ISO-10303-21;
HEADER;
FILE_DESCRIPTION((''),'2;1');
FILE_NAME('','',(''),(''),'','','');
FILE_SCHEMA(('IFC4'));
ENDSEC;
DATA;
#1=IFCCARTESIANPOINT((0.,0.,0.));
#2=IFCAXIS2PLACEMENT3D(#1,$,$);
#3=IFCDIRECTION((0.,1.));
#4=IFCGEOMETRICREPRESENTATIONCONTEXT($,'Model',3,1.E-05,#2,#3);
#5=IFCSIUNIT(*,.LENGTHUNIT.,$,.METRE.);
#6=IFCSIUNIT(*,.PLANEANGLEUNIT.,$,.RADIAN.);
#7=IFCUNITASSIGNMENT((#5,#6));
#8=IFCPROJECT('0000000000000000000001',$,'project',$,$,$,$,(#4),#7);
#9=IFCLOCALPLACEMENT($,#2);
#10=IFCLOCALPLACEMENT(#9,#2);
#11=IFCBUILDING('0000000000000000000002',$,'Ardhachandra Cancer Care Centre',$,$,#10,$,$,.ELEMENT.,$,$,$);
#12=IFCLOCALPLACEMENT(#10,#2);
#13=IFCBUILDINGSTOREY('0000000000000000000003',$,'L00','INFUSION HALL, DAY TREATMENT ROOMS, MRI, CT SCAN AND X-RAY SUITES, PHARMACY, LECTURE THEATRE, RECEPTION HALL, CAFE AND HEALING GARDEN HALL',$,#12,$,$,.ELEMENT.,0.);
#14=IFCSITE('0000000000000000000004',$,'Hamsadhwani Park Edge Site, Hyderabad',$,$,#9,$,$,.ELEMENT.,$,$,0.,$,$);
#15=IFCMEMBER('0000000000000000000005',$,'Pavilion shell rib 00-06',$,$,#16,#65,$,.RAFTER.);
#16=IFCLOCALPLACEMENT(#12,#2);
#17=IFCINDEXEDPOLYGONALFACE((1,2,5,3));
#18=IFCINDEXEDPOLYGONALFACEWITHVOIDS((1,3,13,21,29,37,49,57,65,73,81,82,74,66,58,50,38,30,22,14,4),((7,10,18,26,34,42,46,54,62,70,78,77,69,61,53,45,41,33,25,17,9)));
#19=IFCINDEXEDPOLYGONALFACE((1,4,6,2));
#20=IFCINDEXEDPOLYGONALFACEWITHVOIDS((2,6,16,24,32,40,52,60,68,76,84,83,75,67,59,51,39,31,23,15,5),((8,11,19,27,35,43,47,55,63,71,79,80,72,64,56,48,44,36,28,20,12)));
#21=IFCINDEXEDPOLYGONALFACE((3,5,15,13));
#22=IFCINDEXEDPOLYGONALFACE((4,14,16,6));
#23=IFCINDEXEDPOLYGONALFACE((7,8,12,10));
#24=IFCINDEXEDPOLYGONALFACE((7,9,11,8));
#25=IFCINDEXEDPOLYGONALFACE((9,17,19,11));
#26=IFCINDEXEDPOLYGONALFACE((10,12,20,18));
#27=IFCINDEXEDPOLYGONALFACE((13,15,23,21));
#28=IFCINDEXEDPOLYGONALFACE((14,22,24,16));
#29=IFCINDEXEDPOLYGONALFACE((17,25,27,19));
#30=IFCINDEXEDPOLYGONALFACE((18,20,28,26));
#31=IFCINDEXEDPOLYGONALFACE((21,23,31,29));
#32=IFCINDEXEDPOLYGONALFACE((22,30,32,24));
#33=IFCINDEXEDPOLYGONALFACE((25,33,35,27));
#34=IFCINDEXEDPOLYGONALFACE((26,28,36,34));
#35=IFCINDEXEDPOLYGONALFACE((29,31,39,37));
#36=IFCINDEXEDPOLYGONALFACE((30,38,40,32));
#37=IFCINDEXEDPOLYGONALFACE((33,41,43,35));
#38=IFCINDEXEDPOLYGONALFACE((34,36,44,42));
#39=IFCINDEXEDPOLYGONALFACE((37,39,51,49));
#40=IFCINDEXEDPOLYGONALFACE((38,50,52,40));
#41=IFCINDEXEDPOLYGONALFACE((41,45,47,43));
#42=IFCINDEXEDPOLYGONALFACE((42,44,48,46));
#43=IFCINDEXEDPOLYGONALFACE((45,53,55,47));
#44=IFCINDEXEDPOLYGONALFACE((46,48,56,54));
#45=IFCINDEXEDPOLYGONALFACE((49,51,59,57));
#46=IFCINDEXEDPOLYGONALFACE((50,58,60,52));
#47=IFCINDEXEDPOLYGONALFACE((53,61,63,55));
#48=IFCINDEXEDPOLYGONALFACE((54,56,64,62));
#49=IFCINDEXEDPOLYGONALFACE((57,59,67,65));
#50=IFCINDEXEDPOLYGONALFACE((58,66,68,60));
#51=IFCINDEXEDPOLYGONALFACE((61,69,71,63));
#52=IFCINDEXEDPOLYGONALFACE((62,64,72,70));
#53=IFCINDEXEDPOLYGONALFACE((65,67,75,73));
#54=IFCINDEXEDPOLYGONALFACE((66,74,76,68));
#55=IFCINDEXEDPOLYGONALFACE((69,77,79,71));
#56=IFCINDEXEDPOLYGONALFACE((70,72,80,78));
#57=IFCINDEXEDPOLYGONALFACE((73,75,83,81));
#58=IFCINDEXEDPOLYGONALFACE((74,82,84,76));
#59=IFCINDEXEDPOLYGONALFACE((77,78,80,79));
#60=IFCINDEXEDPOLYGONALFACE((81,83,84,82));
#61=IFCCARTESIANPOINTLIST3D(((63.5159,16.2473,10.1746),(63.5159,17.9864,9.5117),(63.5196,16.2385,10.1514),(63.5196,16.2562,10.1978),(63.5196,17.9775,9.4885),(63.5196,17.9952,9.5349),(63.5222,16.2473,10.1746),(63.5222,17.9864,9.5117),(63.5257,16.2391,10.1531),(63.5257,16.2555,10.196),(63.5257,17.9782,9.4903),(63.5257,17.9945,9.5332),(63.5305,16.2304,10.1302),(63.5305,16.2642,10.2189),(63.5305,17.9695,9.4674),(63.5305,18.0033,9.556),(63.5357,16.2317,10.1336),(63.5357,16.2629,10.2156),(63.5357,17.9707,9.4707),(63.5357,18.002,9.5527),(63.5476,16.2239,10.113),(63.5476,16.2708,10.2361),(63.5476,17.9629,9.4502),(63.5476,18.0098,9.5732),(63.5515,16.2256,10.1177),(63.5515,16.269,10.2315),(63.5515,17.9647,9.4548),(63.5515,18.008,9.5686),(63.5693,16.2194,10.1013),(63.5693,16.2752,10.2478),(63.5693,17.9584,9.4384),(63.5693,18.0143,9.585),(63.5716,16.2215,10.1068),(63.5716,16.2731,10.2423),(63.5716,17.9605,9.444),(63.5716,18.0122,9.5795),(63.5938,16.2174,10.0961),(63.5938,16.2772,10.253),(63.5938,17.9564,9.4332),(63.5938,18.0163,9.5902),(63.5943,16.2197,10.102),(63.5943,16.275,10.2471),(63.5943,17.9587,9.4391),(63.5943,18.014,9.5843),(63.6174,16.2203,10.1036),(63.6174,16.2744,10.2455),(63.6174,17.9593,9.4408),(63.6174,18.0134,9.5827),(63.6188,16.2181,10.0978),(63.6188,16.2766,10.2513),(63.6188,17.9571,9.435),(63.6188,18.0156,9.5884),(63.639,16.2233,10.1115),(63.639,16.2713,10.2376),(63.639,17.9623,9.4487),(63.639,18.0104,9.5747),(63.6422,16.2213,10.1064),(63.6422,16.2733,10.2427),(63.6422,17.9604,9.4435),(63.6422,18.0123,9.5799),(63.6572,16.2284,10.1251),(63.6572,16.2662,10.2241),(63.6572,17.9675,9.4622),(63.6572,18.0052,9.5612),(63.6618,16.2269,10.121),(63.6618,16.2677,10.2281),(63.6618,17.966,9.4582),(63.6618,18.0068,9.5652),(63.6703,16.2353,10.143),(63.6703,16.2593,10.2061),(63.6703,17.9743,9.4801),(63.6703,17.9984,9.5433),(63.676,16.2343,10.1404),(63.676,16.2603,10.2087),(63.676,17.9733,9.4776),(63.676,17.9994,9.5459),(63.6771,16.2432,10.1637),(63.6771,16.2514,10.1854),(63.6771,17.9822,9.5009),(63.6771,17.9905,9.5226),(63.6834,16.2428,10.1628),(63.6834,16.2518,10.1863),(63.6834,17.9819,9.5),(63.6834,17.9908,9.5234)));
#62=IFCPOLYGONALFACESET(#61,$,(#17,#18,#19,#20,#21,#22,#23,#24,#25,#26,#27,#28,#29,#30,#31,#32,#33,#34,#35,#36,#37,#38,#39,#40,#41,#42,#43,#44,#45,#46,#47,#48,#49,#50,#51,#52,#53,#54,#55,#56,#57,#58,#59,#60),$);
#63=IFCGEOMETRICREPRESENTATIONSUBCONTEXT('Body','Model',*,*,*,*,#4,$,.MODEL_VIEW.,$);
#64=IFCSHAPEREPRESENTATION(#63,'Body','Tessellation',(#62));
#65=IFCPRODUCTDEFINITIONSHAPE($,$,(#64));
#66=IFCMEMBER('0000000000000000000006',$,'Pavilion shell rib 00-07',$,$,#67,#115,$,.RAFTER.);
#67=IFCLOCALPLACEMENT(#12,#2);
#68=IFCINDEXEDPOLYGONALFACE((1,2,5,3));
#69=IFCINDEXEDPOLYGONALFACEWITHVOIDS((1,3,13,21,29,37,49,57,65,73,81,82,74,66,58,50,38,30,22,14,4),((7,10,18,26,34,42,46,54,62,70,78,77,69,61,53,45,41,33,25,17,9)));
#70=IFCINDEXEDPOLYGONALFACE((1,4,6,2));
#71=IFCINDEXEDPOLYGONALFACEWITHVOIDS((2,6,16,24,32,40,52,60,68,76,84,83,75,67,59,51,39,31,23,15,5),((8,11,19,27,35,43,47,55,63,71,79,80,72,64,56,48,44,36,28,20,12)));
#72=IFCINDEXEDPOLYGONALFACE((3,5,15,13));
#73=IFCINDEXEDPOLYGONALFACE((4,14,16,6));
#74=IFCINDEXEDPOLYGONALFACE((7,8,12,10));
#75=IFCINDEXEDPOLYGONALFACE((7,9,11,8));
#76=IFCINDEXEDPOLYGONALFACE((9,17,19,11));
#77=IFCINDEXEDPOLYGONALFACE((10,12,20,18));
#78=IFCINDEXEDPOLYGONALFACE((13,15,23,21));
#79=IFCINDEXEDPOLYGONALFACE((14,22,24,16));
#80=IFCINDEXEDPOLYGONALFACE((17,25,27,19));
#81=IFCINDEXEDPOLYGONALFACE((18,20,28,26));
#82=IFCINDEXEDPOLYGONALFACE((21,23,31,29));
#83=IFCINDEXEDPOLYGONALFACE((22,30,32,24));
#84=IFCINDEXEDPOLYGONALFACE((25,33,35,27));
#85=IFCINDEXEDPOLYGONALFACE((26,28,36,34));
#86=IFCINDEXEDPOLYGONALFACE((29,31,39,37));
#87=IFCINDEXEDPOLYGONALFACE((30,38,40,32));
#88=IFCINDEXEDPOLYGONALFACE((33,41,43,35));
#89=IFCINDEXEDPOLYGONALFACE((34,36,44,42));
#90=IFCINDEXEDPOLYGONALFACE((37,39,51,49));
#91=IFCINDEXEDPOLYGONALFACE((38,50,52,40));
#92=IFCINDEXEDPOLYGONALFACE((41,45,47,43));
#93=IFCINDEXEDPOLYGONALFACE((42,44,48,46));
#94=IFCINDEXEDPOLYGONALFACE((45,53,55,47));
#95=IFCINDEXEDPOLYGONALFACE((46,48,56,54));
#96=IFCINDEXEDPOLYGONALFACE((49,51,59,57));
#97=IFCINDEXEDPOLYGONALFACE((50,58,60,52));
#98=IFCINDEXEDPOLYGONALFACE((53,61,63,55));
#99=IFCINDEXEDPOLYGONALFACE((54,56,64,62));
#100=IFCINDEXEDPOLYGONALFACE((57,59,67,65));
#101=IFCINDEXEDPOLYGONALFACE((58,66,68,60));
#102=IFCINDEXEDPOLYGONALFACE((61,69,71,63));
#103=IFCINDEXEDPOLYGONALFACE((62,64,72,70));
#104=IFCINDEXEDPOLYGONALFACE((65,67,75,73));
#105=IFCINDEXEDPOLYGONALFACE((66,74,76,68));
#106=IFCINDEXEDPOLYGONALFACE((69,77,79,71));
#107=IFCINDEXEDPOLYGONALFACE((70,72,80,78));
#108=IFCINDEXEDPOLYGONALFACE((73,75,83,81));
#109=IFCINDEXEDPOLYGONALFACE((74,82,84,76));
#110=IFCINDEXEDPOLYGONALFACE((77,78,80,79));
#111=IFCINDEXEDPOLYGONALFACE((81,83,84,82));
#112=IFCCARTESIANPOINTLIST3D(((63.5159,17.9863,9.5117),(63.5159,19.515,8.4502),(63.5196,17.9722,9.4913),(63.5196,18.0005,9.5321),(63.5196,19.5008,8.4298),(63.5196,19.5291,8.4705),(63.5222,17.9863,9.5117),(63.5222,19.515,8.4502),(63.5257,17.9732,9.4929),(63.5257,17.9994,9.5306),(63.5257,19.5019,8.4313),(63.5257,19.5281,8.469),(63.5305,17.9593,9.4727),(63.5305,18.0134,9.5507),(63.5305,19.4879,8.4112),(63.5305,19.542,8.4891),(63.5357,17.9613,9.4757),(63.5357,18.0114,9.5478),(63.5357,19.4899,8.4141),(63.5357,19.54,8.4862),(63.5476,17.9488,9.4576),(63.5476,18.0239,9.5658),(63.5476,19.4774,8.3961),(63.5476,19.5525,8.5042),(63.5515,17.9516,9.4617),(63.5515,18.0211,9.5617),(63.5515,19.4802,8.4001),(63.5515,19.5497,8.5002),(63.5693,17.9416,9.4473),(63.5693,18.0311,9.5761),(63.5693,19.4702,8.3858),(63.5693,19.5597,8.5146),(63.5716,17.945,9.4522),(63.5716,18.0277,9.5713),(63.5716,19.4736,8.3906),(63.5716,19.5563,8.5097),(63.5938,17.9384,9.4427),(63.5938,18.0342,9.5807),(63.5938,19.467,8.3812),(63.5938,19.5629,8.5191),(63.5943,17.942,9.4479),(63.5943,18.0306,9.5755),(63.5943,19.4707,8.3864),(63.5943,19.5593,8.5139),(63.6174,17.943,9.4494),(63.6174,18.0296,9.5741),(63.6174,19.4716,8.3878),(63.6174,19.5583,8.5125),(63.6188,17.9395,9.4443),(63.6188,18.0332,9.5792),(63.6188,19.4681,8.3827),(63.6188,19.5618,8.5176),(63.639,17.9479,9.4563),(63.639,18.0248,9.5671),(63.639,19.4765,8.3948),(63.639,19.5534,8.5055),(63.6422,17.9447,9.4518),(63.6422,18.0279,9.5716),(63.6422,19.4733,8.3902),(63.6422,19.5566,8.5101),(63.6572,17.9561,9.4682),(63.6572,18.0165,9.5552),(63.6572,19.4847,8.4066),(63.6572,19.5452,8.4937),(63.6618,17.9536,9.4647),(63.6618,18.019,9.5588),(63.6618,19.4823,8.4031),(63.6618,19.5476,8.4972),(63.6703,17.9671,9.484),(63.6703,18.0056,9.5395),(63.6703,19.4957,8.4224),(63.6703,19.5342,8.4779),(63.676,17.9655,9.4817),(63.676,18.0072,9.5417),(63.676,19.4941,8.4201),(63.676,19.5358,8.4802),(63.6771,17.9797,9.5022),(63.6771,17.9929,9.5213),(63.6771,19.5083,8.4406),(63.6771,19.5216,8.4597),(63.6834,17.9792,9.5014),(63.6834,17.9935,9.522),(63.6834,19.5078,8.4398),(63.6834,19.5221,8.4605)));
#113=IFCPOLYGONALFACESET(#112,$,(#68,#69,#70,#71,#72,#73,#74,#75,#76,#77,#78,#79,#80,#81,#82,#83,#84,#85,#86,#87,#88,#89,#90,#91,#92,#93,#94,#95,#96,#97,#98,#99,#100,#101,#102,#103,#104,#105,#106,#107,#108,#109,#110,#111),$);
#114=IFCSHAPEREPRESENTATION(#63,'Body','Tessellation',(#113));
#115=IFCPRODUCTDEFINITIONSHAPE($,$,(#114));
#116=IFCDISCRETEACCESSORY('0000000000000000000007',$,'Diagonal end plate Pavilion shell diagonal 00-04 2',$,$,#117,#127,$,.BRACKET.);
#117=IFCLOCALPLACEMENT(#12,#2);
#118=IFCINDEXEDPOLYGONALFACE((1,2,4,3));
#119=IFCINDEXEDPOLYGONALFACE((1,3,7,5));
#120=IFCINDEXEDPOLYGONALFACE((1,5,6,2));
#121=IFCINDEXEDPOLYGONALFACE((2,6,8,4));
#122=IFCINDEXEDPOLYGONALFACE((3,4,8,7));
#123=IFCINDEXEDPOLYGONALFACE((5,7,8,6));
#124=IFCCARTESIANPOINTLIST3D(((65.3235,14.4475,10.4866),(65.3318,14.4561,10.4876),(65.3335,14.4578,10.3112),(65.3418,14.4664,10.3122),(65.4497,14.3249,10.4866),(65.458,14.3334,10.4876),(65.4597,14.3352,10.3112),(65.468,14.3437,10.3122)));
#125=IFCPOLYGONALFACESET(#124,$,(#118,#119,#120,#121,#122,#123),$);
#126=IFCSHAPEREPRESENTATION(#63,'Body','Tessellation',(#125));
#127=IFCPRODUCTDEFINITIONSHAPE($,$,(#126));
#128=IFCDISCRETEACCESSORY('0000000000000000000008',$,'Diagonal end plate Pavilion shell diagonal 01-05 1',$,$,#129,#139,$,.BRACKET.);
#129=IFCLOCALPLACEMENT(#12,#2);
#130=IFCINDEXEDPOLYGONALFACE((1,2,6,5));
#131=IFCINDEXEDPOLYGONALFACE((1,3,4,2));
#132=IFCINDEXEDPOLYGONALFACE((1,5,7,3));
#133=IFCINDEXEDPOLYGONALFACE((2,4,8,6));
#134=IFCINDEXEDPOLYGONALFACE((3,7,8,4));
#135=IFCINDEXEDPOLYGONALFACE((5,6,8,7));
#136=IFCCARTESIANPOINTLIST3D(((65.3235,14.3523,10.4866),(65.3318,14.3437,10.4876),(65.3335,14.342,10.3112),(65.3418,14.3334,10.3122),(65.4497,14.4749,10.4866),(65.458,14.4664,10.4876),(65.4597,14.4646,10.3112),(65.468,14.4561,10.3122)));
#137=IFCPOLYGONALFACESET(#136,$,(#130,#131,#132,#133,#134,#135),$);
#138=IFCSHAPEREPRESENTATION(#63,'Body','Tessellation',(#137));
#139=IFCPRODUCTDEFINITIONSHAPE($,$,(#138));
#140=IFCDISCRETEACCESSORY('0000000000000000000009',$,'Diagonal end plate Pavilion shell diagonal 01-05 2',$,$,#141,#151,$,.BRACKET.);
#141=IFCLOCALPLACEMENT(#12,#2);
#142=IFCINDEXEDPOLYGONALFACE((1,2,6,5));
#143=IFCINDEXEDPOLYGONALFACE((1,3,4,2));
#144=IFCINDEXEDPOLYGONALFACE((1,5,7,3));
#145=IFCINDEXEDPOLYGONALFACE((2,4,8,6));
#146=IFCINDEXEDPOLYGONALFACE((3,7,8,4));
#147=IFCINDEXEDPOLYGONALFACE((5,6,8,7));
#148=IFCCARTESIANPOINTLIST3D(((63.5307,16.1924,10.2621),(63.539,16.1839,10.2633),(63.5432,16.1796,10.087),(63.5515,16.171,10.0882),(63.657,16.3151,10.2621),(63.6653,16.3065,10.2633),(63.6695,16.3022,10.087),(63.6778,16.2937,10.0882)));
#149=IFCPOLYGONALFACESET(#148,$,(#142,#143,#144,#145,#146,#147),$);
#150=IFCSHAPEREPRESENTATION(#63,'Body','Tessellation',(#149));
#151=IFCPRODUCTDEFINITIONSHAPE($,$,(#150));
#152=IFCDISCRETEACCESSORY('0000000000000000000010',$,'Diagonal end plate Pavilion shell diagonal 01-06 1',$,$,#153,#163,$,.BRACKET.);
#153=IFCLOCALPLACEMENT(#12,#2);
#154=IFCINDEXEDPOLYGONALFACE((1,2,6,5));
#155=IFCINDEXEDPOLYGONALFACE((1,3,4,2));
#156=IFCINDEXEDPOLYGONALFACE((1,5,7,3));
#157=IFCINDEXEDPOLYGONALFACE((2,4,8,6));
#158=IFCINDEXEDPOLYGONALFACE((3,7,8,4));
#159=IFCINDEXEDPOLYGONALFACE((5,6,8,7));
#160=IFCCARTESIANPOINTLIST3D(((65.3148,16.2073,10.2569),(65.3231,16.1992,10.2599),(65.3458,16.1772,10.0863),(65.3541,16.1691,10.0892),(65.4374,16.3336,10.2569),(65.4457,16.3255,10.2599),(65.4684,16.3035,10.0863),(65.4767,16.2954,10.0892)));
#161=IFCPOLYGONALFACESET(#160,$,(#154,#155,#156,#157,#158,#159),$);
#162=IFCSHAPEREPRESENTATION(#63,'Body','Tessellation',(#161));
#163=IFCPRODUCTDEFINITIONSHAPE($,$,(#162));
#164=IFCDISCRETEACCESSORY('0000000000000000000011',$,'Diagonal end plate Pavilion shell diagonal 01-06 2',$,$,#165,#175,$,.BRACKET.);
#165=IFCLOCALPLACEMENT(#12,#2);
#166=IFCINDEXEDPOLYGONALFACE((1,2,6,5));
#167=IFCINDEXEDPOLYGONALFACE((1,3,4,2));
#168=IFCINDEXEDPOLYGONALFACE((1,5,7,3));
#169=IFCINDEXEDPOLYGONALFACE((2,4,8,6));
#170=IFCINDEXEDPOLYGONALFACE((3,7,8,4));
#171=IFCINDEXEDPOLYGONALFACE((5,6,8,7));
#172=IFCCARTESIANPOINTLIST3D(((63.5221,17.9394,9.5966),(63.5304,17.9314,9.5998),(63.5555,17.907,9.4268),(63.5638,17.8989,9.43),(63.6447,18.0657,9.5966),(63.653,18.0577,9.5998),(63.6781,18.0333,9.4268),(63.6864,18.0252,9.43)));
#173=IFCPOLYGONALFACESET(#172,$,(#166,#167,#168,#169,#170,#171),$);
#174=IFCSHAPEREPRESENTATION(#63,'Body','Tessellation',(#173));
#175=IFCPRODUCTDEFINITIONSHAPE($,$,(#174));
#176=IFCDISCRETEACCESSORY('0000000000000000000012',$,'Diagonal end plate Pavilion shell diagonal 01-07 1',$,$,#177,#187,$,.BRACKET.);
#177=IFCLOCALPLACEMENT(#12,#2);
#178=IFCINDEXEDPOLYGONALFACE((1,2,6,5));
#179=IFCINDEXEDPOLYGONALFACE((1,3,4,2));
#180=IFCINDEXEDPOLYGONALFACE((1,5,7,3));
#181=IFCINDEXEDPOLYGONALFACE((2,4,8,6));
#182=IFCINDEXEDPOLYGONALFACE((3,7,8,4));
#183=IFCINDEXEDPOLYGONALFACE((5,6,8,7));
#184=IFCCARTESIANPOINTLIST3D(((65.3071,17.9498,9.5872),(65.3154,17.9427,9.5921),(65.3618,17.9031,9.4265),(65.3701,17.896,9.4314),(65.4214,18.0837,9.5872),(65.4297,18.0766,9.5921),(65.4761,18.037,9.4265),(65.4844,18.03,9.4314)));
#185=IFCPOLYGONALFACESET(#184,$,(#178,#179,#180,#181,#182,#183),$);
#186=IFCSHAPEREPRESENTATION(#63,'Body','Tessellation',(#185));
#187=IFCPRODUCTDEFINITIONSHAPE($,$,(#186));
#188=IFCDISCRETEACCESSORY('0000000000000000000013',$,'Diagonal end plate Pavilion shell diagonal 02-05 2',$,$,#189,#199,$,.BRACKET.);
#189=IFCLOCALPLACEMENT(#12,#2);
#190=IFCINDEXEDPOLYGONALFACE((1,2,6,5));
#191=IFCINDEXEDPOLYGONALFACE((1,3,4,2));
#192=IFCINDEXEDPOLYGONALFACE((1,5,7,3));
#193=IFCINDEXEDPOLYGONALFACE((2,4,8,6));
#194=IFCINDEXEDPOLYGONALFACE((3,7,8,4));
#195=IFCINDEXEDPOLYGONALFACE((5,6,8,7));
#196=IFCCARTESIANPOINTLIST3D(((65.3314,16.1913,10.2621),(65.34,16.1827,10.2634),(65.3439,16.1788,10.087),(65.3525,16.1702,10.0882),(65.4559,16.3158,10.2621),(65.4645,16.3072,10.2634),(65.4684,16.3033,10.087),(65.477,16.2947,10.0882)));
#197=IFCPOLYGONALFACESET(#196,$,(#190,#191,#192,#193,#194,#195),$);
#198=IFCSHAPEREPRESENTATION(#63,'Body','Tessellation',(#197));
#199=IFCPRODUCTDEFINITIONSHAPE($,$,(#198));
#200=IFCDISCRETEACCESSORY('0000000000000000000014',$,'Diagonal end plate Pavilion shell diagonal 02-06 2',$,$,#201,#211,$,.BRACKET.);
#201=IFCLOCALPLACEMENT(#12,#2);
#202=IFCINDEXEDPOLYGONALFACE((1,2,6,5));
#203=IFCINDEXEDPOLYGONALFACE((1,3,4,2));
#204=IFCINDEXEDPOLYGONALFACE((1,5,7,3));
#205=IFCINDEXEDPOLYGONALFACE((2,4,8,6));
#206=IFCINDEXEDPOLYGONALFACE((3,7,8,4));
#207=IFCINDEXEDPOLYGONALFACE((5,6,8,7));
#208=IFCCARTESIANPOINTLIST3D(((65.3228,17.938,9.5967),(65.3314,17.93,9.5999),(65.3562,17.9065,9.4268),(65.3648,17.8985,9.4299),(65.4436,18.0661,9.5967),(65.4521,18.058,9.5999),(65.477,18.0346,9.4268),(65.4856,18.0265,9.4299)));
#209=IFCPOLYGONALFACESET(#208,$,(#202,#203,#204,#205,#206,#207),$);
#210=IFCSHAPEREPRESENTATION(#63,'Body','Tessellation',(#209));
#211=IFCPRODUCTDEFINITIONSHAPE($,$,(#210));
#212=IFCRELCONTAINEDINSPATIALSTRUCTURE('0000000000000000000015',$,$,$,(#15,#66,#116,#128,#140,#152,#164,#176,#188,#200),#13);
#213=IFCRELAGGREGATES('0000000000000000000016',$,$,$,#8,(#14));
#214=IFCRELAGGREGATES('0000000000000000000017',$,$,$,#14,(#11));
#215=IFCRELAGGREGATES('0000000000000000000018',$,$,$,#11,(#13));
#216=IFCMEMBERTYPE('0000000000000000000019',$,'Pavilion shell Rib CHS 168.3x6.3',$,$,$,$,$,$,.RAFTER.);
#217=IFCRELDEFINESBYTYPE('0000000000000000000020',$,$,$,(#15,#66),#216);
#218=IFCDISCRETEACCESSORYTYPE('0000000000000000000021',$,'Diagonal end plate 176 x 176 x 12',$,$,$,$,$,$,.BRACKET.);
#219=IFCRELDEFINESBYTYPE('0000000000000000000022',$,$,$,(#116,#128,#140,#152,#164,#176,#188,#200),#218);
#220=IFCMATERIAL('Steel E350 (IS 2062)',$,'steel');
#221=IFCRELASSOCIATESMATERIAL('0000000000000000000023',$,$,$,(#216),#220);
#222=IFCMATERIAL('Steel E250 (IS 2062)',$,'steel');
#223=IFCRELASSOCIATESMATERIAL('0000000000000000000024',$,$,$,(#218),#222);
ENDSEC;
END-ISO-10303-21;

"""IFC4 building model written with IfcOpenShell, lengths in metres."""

from ifc_helpers import new_model, si_unit, direction, frame, origin, origin_2d, place, context, subcontext, project, spatial, rectangle, hollow_circle, extrude, material, material_profile, profile_set, type_object, element, save


model = new_model("IFC4")

# Units and contexts
model_context = context("Model", 3, precision=1e-05, world=origin(), true_north=direction((0.0, 1.0)))
body_context = subcontext(model_context, "Body", "Model", "MODEL_VIEW")
ifc_project = project(units=[si_unit("LENGTHUNIT", "METRE"), si_unit("PLANEANGLEUNIT", "RADIAN")], contexts=[model_context])

# Site, building, storey
site_placement = place(None, origin())
site = spatial("IfcSite", under=ifc_project, at=site_placement, Name="Hamsadhwani Park Edge Site, Hyderabad", CompositionType="ELEMENT", RefElevation=0.0)
building_placement = place(site_placement, origin())
building = spatial("IfcBuilding", under=site, at=building_placement, Name="Ardhachandra Cancer Care Centre", CompositionType="ELEMENT")
storey_placement = place(building_placement, origin())
storey = spatial("IfcBuildingStorey", under=building, at=storey_placement, Name="L00", Description="INFUSION HALL, DAY TREATMENT ROOMS, MRI, CT SCAN AND X-RAY SUITES, PHARMACY, LECTURE THEATRE, RECEPTION HALL, CAFE AND HEALING GARDEN HALL", CompositionType="ELEMENT", Elevation=0.0)

# Members
ifc_material_1 = material(Name="Steel E350 (IS 2062)", Category="steel")
ifc_material_profile_1 = material_profile(ifc_material_1, hollow_circle(Radius=0.0842, WallThickness=0.0063, at=origin_2d()), Name="CHS 168.3x6.3")
ifc_profile_set_1 = profile_set([ifc_material_profile_1], Name="Steel E350 (IS 2062)")
member_type_1 = type_object("IfcMemberType", Name="Pavilion shell Rib CHS 168.3x6.3", PredefinedType="RAFTER", material=ifc_profile_set_1)
for number, where, z_axis, x_axis, name in (
    (1, (63.6001, 16.2473, 10.1746), (0.0, 0.934423, -0.356164), (-1.0, 0.0, 0.0), "Pavilion shell rib 00-06"),
    (2, (63.6001, 17.9863, 9.5117), (0.0, 0.821365, -0.570403), (-1.0, 0.0, 0.0), "Pavilion shell rib 00-07"),
):
    element("IfcMember", number, at=place(storey_placement, frame(where, z_axis=z_axis, x_axis=x_axis)), inside=storey, type_object=member_type_1, Name=name, PredefinedType="RAFTER", context=body_context, shape_type="SweptSolid", body=[
        extrude(hollow_circle(Radius=0.0842, WallThickness=0.0063, at=origin_2d()), origin(), (0.0, 0.0, 1.0), 1.8611),
    ])

# Discrete accessories
ifc_material_2 = material(Name="Steel E250 (IS 2062)", Category="steel")
ifc_material_profile_2 = material_profile(ifc_material_2, rectangle(XDim=0.176, YDim=0.176, at=origin_2d()), Name="PL 176x176x12")
ifc_profile_set_2 = profile_set([ifc_material_profile_2], Name="Steel E250 (IS 2062)")
discrete_accessory_type = type_object("IfcDiscreteAccessoryType", Name="Diagonal end plate 176 x 176 x 12", PredefinedType="BRACKET", material=ifc_profile_set_2)
for number, where, z_axis, x_axis, name in (
    (3, (65.3999, 14.3999, 10.3999), (-0.694456, -0.714881, -0.081701), (0.717279, -0.696786, 0.0), "Diagonal end plate Pavilion shell diagonal 00-04 2"),
    (4, (65.3999, 14.3999, 10.3999), (-0.694456, 0.714881, -0.081701), (-0.717279, -0.696786, 0.0), "Diagonal end plate Pavilion shell diagonal 01-05 1"),
    (5, (63.6001, 16.2473, 10.1746), (0.693156, -0.713543, 0.101935), (0.717279, 0.696786, 0.0), "Diagonal end plate Pavilion shell diagonal 01-05 2"),
    (6, (65.3999, 16.2473, 10.1746), (-0.695618, 0.675159, -0.245512), (-0.696475, -0.717581, 0.0), "Diagonal end plate Pavilion shell diagonal 01-06 1"),
    (7, (63.6001, 17.9863, 9.5117), (0.692007, -0.671654, 0.264591), (0.696475, 0.717581, 0.0), "Diagonal end plate Pavilion shell diagonal 01-06 2"),
    (8, (65.3999, 17.9863, 9.5117), (-0.694456, 0.59233, -0.408504), (-0.648947, -0.760834, 0.0), "Diagonal end plate Pavilion shell diagonal 01-07 1"),
):
    element("IfcDiscreteAccessory", number, at=place(storey_placement, frame(where, z_axis=z_axis, x_axis=x_axis)), inside=storey, type_object=discrete_accessory_type, Name=name, PredefinedType="BRACKET", context=body_context, shape_type="SweptSolid", body=[
        extrude(rectangle(XDim=0.176, YDim=0.176, at=origin_2d()), origin(), (0.0, 0.0, 1.0), 0.012),
    ])
for number, where, z_axis, x_axis, name in (
    (9, (65.3999, 16.2473, 10.1746), (0.703526, -0.703526, 0.100504), (0.707107, 0.707107, 0.0), "Diagonal end plate Pavilion shell diagonal 02-05 2"),
    (10, (65.3999, 17.9863, 9.5117), (0.702392, -0.662256, 0.260889), (0.686013, 0.727589, 0.0), "Diagonal end plate Pavilion shell diagonal 02-06 2"),
):
    element("IfcDiscreteAccessory", number, at=place(storey_placement, frame(where, z_axis=z_axis, x_axis=x_axis)), inside=storey, type_object=discrete_accessory_type, Name=name, PredefinedType="BRACKET", context=body_context, shape_type="SweptSolid", body=[
        extrude(rectangle(XDim=0.176, YDim=0.176, at=origin_2d()), origin(), (0.0, 0.0, 1.0), 0.0122),
    ])

save(model, "model.ifc")
